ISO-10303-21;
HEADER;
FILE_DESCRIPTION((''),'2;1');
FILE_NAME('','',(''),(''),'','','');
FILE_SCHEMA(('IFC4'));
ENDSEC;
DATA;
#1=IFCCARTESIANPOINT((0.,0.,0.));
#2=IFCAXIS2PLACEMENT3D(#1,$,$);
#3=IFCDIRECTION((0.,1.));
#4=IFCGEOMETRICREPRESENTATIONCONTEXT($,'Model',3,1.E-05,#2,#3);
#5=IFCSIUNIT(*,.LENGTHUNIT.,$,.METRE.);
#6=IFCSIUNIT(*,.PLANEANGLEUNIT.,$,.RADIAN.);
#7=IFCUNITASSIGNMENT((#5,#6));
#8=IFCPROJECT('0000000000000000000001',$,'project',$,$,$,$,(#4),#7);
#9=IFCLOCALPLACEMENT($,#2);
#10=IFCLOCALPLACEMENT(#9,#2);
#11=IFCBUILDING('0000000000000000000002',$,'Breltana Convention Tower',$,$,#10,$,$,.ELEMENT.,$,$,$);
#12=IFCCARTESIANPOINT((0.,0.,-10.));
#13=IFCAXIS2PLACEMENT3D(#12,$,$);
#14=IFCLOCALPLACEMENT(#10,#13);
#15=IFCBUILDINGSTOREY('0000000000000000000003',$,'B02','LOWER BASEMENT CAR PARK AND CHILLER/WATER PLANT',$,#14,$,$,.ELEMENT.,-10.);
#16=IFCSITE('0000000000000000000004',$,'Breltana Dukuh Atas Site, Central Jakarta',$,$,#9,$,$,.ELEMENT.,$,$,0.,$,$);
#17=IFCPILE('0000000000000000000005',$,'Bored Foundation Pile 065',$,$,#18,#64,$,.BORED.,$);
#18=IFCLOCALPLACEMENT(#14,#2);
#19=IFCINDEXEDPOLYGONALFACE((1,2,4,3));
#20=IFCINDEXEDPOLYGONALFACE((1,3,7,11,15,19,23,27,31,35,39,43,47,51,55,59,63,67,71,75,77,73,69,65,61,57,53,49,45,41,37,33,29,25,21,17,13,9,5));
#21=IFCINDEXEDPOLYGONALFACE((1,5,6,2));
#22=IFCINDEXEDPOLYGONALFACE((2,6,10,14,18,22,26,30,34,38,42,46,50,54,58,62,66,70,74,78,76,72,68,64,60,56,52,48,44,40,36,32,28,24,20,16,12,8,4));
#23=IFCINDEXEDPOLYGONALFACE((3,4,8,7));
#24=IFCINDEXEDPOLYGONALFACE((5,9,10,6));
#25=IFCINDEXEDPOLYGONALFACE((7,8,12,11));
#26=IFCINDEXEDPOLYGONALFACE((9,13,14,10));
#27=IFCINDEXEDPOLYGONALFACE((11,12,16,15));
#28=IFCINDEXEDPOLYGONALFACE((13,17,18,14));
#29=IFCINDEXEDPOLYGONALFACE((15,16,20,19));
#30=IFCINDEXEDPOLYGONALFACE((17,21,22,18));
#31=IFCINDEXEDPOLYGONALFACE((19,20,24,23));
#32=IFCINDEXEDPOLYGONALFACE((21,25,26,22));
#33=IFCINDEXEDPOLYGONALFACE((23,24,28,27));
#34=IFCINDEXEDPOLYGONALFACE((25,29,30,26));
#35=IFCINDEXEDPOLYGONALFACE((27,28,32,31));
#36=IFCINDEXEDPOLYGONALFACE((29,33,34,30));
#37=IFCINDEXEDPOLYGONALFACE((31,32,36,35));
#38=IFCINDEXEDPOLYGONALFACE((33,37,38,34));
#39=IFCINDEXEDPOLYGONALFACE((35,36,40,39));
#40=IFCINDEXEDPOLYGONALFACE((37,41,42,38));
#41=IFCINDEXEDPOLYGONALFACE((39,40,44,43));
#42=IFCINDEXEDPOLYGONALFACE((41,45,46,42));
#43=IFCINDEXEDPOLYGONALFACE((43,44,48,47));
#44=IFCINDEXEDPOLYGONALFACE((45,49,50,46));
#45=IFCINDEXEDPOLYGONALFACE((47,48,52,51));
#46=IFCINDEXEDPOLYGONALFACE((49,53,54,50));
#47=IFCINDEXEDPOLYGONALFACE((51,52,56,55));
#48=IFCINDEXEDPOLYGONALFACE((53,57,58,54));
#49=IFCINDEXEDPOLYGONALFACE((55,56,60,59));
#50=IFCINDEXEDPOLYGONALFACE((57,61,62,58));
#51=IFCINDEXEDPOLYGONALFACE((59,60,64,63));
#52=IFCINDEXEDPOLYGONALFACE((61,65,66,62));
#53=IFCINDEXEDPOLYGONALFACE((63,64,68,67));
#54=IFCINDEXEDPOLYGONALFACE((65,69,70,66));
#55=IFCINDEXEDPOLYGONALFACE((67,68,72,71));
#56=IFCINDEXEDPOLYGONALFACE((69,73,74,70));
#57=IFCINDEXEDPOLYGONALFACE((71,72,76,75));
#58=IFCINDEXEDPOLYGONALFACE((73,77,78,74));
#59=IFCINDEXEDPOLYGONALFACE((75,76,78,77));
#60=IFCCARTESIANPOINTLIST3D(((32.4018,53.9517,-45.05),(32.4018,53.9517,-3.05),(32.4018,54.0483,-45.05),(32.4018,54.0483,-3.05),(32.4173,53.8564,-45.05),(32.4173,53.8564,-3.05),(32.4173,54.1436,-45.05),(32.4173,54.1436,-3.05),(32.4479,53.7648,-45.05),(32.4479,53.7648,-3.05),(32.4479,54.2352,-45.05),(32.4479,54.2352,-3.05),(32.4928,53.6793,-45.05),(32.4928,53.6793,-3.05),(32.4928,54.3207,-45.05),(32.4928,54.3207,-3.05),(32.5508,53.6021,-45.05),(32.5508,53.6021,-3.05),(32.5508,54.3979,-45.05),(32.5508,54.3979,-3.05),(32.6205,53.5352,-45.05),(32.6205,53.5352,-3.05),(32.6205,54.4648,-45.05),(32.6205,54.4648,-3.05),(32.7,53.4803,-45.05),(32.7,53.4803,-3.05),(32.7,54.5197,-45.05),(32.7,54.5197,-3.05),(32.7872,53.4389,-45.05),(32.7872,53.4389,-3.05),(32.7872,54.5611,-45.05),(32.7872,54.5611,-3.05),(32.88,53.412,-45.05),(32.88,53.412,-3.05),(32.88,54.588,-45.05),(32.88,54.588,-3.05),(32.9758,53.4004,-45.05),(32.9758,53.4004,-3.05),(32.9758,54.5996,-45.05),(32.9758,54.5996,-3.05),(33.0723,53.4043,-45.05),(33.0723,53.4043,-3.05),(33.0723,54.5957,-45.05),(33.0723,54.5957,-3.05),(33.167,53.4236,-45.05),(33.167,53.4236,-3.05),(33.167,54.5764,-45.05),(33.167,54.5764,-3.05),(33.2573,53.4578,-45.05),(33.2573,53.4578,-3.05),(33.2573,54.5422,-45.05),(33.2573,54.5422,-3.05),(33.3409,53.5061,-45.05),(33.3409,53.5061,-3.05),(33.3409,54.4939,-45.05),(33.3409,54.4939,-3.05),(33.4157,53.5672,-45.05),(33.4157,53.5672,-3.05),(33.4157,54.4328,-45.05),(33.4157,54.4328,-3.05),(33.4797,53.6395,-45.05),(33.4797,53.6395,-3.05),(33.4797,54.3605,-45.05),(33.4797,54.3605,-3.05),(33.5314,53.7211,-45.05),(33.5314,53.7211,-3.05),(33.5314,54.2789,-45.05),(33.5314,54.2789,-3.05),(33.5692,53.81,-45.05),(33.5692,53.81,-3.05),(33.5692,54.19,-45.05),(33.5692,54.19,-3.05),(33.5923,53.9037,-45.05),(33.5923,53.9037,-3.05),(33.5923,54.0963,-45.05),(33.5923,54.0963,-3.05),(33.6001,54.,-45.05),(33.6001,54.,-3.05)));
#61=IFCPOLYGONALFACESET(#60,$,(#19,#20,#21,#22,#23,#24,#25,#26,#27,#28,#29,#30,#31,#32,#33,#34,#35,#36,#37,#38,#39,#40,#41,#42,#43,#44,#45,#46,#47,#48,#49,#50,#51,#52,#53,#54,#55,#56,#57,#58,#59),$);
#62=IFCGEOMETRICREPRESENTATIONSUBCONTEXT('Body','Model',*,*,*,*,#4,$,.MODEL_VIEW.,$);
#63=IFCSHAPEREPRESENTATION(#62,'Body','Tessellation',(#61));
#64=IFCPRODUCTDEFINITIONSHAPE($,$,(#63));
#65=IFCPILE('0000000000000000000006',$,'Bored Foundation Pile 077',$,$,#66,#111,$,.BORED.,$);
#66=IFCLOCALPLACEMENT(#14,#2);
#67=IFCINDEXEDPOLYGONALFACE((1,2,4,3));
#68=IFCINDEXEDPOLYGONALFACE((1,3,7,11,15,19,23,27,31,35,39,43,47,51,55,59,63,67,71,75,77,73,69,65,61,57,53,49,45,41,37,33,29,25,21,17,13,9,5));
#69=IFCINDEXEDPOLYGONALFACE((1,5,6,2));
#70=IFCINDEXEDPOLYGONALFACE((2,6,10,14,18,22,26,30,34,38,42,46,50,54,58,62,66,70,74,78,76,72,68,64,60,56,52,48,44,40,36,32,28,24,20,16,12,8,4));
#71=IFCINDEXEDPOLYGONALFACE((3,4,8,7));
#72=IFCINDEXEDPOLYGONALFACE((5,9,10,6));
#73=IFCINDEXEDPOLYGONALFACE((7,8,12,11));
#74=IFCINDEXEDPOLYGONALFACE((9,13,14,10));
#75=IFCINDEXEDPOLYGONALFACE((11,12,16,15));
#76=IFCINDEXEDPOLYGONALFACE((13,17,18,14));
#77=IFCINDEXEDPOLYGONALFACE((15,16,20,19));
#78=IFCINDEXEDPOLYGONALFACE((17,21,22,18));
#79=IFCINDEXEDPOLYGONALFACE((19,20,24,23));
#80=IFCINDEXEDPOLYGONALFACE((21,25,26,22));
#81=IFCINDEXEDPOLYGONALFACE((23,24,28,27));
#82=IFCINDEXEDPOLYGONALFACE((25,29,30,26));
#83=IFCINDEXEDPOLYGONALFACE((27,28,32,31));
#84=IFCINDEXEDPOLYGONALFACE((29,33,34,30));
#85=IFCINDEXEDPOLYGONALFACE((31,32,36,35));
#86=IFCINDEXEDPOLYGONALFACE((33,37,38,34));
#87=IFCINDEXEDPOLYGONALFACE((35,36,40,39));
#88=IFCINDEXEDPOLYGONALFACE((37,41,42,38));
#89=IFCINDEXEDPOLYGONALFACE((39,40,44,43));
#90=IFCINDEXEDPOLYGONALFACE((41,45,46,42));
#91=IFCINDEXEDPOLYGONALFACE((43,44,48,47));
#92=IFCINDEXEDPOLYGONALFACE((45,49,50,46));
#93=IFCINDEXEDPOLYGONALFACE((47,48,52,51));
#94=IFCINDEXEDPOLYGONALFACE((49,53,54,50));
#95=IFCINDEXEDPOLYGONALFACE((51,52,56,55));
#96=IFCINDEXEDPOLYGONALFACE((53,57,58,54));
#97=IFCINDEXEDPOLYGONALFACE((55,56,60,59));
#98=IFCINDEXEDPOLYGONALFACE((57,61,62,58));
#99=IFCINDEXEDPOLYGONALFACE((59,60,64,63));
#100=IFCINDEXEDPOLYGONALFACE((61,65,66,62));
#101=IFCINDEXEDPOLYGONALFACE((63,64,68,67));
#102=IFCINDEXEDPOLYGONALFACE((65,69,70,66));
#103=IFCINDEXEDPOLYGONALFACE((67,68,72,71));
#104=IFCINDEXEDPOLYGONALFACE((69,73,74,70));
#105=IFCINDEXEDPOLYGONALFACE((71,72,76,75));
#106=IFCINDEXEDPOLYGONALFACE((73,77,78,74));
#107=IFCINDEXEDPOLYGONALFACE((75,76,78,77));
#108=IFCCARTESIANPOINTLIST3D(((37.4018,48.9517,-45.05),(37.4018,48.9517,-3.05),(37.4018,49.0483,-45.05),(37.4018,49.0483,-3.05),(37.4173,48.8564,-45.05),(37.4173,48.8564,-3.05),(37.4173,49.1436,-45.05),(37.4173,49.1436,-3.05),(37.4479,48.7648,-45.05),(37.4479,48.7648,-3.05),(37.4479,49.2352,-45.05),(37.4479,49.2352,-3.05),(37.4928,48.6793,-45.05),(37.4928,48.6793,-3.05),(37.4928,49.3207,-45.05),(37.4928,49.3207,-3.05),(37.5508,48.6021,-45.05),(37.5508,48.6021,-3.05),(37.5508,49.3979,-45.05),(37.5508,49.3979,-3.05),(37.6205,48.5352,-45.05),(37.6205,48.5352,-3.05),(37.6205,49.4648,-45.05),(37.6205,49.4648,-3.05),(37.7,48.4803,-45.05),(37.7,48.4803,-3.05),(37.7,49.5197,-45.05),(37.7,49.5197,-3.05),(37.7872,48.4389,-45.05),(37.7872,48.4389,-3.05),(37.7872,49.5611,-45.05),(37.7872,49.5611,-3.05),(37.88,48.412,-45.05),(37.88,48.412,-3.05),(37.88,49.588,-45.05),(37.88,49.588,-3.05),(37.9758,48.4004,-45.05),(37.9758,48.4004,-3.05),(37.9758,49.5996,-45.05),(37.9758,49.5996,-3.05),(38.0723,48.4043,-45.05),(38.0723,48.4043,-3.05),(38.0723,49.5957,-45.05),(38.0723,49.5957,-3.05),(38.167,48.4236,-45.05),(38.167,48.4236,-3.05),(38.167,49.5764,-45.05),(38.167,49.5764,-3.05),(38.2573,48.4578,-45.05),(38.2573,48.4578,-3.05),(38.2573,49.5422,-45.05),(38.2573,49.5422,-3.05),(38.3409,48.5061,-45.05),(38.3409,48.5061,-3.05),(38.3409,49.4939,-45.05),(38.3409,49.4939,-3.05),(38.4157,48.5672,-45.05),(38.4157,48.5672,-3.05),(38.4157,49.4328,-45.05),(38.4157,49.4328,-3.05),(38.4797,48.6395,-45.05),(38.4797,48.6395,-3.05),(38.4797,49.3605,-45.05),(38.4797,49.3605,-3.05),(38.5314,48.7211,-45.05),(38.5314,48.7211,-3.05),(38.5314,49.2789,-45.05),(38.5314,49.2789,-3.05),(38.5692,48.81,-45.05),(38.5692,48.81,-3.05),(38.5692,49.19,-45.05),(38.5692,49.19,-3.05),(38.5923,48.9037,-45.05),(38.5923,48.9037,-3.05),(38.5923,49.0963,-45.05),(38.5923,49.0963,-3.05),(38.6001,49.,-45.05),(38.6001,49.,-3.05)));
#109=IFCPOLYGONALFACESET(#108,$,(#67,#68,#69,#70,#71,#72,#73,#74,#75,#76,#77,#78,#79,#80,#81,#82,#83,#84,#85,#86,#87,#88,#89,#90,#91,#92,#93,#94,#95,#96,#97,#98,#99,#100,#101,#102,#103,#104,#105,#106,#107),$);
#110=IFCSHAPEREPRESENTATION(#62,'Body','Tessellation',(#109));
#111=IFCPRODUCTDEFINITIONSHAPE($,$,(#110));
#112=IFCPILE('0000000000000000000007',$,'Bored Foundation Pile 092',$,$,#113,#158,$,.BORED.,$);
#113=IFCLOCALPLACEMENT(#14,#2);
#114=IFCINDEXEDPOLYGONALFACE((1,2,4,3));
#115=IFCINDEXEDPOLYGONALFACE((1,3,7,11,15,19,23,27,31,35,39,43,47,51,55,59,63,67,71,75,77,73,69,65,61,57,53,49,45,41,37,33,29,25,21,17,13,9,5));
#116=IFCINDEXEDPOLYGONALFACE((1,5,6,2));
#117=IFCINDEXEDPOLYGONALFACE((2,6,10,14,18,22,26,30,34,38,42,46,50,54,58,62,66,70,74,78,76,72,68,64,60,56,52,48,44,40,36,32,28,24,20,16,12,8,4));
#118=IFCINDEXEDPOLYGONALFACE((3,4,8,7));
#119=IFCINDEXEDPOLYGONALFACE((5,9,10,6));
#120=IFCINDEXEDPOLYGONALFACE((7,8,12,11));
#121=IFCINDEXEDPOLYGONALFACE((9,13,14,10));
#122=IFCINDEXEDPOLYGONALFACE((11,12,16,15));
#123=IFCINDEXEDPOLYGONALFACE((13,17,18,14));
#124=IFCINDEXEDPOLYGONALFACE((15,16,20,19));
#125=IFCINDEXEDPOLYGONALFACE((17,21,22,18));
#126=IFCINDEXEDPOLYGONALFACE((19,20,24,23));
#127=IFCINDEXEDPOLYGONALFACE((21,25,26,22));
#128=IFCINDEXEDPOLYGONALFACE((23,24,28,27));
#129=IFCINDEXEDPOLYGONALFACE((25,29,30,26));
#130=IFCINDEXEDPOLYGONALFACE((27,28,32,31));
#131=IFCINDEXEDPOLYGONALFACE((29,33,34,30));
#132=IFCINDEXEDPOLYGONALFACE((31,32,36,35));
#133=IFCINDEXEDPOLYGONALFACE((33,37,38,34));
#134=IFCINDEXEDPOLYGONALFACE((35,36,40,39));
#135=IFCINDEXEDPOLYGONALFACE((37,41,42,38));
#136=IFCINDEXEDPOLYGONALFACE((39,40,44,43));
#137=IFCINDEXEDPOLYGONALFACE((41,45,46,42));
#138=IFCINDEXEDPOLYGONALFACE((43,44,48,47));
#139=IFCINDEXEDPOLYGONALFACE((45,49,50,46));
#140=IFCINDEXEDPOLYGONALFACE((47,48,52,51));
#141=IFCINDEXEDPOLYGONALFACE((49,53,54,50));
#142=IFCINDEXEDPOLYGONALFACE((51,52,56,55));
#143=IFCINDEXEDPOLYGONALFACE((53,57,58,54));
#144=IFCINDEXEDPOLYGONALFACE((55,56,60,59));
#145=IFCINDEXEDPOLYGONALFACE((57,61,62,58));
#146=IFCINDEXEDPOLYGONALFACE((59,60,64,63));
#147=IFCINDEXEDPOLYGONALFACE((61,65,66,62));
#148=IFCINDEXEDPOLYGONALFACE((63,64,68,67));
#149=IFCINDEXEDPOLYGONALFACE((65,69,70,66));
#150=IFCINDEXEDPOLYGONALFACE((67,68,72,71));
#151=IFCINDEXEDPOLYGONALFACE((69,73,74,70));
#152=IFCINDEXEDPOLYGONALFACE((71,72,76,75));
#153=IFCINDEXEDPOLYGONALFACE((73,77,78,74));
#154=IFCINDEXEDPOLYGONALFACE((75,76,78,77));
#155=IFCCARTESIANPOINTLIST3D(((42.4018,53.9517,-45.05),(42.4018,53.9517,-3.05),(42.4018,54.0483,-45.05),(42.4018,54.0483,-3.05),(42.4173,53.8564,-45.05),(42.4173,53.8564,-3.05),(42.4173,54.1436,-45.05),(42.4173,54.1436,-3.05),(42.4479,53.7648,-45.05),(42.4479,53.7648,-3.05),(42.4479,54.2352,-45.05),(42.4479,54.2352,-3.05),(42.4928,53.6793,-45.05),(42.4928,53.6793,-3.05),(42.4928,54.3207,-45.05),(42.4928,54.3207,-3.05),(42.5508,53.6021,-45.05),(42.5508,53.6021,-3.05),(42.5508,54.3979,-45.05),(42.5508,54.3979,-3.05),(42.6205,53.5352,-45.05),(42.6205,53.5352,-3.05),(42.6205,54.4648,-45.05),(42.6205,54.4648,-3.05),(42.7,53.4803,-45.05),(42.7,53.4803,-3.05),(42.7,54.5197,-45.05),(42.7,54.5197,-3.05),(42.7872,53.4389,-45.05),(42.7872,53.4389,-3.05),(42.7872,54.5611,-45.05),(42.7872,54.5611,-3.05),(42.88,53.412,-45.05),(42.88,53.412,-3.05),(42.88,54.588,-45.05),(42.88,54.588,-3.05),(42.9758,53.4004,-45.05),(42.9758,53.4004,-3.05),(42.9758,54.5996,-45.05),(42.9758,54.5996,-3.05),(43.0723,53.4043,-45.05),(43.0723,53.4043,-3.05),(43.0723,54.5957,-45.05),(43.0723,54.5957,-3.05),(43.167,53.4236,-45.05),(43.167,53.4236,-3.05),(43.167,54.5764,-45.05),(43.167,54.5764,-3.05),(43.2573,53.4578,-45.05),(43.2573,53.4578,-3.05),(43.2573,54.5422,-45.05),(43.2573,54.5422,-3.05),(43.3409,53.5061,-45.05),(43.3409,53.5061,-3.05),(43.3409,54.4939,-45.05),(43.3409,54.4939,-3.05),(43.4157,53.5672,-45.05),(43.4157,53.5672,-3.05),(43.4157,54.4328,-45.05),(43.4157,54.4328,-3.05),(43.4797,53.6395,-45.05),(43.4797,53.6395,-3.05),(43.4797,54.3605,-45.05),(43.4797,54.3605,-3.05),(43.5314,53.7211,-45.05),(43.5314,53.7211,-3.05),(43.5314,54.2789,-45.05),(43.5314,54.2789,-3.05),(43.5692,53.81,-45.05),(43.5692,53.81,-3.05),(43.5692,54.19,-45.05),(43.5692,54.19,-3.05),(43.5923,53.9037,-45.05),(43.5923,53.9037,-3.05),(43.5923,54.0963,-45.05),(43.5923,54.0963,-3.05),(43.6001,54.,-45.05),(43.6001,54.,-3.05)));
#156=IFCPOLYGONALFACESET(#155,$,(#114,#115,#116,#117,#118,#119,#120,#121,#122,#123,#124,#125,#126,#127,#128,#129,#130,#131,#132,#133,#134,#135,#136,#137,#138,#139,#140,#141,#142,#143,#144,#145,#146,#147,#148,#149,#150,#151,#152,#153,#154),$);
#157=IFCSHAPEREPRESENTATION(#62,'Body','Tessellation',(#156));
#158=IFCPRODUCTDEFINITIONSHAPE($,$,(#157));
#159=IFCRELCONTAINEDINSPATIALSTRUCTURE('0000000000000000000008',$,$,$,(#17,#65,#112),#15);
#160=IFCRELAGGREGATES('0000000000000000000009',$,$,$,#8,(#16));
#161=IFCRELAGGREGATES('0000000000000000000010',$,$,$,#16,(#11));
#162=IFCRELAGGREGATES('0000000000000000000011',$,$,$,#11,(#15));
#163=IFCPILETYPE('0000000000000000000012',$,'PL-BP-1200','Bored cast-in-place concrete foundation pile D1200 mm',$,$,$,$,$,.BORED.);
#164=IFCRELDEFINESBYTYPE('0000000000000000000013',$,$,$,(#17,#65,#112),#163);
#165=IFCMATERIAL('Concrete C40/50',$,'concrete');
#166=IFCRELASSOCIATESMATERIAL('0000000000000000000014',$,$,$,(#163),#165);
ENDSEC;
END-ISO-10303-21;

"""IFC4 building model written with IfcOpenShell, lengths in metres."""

from ifc_helpers import new_model, si_unit, direction, frame, origin, origin_2d, place, context, subcontext, project, spatial, circle, extrude, source, transform, mapped, material, material_profile, profile_set, type_object, type_shapes, element, save


model = new_model("IFC4")

# Units and contexts
model_context = context("Model", 3, precision=1e-05, world=origin(), true_north=direction((0.0, 1.0)))
body_context = subcontext(model_context, "Body", "Model", "MODEL_VIEW")
ifc_project = project(units=[si_unit("LENGTHUNIT", "METRE"), si_unit("PLANEANGLEUNIT", "RADIAN")], contexts=[model_context])

# Site, building, storey
site_placement = place(None, origin())
site = spatial("IfcSite", under=ifc_project, at=site_placement, Name="Breltana Dukuh Atas Site, Central Jakarta", CompositionType="ELEMENT", RefElevation=0.0)
building_placement = place(site_placement, origin())
building = spatial("IfcBuilding", under=site, at=building_placement, Name="Breltana Convention Tower", CompositionType="ELEMENT")
storey_placement = place(building_placement, frame((0.0, 0.0, -10.0)))
storey = spatial("IfcBuildingStorey", under=building, at=storey_placement, Name="B02", Description="LOWER BASEMENT CAR PARK AND CHILLER/WATER PLANT", CompositionType="ELEMENT", Elevation=-10.0)

# Piles
ifc_material_1 = material(Name="Concrete C40/50", Category="concrete")
ifc_material_profile_1 = material_profile(ifc_material_1, circle(Radius=0.6001, at=origin_2d()), Name="BP-D1200")
ifc_profile_set_1 = profile_set([ifc_material_profile_1], Name="Concrete C40/50")
pile_type_1 = type_object("IfcPileType", Name="PL-BP-1200", Description="Bored cast-in-place concrete foundation pile D1200 mm", PredefinedType="BORED", material=ifc_profile_set_1)
shared_shape_1 = source(origin(), body_context, "Body", "SweptSolid", [
    extrude(circle(Radius=0.6001, at=origin_2d()), origin(), (0.0, 0.0, 1.0), 42.0),
])
type_shapes(pile_type_1, [shared_shape_1])
for number, where, z_axis, x_axis, name in (
    (1, (33.0, 54.0, -3.05), (0.0, 0.0, -1.0), (1.0, 0.0, 0.0), "Bored Foundation Pile 065"),
    (2, (38.0, 49.0, -3.05), (0.0, 0.0, -1.0), (1.0, 0.0, 0.0), "Bored Foundation Pile 077"),
    (3, (43.0, 54.0, -3.05), (0.0, 0.0, -1.0), (1.0, 0.0, 0.0), "Bored Foundation Pile 092"),
):
    element("IfcPile", number, at=place(storey_placement, frame(where, z_axis=z_axis, x_axis=x_axis)), inside=storey, type_object=pile_type_1, Name=name, PredefinedType="BORED", context=body_context, shape_type="MappedRepresentation", body=[
        mapped(shared_shape_1, transform((0.0, 0.0, 0.0), scale=1.0)),
    ])

save(model, "model.ifc")
